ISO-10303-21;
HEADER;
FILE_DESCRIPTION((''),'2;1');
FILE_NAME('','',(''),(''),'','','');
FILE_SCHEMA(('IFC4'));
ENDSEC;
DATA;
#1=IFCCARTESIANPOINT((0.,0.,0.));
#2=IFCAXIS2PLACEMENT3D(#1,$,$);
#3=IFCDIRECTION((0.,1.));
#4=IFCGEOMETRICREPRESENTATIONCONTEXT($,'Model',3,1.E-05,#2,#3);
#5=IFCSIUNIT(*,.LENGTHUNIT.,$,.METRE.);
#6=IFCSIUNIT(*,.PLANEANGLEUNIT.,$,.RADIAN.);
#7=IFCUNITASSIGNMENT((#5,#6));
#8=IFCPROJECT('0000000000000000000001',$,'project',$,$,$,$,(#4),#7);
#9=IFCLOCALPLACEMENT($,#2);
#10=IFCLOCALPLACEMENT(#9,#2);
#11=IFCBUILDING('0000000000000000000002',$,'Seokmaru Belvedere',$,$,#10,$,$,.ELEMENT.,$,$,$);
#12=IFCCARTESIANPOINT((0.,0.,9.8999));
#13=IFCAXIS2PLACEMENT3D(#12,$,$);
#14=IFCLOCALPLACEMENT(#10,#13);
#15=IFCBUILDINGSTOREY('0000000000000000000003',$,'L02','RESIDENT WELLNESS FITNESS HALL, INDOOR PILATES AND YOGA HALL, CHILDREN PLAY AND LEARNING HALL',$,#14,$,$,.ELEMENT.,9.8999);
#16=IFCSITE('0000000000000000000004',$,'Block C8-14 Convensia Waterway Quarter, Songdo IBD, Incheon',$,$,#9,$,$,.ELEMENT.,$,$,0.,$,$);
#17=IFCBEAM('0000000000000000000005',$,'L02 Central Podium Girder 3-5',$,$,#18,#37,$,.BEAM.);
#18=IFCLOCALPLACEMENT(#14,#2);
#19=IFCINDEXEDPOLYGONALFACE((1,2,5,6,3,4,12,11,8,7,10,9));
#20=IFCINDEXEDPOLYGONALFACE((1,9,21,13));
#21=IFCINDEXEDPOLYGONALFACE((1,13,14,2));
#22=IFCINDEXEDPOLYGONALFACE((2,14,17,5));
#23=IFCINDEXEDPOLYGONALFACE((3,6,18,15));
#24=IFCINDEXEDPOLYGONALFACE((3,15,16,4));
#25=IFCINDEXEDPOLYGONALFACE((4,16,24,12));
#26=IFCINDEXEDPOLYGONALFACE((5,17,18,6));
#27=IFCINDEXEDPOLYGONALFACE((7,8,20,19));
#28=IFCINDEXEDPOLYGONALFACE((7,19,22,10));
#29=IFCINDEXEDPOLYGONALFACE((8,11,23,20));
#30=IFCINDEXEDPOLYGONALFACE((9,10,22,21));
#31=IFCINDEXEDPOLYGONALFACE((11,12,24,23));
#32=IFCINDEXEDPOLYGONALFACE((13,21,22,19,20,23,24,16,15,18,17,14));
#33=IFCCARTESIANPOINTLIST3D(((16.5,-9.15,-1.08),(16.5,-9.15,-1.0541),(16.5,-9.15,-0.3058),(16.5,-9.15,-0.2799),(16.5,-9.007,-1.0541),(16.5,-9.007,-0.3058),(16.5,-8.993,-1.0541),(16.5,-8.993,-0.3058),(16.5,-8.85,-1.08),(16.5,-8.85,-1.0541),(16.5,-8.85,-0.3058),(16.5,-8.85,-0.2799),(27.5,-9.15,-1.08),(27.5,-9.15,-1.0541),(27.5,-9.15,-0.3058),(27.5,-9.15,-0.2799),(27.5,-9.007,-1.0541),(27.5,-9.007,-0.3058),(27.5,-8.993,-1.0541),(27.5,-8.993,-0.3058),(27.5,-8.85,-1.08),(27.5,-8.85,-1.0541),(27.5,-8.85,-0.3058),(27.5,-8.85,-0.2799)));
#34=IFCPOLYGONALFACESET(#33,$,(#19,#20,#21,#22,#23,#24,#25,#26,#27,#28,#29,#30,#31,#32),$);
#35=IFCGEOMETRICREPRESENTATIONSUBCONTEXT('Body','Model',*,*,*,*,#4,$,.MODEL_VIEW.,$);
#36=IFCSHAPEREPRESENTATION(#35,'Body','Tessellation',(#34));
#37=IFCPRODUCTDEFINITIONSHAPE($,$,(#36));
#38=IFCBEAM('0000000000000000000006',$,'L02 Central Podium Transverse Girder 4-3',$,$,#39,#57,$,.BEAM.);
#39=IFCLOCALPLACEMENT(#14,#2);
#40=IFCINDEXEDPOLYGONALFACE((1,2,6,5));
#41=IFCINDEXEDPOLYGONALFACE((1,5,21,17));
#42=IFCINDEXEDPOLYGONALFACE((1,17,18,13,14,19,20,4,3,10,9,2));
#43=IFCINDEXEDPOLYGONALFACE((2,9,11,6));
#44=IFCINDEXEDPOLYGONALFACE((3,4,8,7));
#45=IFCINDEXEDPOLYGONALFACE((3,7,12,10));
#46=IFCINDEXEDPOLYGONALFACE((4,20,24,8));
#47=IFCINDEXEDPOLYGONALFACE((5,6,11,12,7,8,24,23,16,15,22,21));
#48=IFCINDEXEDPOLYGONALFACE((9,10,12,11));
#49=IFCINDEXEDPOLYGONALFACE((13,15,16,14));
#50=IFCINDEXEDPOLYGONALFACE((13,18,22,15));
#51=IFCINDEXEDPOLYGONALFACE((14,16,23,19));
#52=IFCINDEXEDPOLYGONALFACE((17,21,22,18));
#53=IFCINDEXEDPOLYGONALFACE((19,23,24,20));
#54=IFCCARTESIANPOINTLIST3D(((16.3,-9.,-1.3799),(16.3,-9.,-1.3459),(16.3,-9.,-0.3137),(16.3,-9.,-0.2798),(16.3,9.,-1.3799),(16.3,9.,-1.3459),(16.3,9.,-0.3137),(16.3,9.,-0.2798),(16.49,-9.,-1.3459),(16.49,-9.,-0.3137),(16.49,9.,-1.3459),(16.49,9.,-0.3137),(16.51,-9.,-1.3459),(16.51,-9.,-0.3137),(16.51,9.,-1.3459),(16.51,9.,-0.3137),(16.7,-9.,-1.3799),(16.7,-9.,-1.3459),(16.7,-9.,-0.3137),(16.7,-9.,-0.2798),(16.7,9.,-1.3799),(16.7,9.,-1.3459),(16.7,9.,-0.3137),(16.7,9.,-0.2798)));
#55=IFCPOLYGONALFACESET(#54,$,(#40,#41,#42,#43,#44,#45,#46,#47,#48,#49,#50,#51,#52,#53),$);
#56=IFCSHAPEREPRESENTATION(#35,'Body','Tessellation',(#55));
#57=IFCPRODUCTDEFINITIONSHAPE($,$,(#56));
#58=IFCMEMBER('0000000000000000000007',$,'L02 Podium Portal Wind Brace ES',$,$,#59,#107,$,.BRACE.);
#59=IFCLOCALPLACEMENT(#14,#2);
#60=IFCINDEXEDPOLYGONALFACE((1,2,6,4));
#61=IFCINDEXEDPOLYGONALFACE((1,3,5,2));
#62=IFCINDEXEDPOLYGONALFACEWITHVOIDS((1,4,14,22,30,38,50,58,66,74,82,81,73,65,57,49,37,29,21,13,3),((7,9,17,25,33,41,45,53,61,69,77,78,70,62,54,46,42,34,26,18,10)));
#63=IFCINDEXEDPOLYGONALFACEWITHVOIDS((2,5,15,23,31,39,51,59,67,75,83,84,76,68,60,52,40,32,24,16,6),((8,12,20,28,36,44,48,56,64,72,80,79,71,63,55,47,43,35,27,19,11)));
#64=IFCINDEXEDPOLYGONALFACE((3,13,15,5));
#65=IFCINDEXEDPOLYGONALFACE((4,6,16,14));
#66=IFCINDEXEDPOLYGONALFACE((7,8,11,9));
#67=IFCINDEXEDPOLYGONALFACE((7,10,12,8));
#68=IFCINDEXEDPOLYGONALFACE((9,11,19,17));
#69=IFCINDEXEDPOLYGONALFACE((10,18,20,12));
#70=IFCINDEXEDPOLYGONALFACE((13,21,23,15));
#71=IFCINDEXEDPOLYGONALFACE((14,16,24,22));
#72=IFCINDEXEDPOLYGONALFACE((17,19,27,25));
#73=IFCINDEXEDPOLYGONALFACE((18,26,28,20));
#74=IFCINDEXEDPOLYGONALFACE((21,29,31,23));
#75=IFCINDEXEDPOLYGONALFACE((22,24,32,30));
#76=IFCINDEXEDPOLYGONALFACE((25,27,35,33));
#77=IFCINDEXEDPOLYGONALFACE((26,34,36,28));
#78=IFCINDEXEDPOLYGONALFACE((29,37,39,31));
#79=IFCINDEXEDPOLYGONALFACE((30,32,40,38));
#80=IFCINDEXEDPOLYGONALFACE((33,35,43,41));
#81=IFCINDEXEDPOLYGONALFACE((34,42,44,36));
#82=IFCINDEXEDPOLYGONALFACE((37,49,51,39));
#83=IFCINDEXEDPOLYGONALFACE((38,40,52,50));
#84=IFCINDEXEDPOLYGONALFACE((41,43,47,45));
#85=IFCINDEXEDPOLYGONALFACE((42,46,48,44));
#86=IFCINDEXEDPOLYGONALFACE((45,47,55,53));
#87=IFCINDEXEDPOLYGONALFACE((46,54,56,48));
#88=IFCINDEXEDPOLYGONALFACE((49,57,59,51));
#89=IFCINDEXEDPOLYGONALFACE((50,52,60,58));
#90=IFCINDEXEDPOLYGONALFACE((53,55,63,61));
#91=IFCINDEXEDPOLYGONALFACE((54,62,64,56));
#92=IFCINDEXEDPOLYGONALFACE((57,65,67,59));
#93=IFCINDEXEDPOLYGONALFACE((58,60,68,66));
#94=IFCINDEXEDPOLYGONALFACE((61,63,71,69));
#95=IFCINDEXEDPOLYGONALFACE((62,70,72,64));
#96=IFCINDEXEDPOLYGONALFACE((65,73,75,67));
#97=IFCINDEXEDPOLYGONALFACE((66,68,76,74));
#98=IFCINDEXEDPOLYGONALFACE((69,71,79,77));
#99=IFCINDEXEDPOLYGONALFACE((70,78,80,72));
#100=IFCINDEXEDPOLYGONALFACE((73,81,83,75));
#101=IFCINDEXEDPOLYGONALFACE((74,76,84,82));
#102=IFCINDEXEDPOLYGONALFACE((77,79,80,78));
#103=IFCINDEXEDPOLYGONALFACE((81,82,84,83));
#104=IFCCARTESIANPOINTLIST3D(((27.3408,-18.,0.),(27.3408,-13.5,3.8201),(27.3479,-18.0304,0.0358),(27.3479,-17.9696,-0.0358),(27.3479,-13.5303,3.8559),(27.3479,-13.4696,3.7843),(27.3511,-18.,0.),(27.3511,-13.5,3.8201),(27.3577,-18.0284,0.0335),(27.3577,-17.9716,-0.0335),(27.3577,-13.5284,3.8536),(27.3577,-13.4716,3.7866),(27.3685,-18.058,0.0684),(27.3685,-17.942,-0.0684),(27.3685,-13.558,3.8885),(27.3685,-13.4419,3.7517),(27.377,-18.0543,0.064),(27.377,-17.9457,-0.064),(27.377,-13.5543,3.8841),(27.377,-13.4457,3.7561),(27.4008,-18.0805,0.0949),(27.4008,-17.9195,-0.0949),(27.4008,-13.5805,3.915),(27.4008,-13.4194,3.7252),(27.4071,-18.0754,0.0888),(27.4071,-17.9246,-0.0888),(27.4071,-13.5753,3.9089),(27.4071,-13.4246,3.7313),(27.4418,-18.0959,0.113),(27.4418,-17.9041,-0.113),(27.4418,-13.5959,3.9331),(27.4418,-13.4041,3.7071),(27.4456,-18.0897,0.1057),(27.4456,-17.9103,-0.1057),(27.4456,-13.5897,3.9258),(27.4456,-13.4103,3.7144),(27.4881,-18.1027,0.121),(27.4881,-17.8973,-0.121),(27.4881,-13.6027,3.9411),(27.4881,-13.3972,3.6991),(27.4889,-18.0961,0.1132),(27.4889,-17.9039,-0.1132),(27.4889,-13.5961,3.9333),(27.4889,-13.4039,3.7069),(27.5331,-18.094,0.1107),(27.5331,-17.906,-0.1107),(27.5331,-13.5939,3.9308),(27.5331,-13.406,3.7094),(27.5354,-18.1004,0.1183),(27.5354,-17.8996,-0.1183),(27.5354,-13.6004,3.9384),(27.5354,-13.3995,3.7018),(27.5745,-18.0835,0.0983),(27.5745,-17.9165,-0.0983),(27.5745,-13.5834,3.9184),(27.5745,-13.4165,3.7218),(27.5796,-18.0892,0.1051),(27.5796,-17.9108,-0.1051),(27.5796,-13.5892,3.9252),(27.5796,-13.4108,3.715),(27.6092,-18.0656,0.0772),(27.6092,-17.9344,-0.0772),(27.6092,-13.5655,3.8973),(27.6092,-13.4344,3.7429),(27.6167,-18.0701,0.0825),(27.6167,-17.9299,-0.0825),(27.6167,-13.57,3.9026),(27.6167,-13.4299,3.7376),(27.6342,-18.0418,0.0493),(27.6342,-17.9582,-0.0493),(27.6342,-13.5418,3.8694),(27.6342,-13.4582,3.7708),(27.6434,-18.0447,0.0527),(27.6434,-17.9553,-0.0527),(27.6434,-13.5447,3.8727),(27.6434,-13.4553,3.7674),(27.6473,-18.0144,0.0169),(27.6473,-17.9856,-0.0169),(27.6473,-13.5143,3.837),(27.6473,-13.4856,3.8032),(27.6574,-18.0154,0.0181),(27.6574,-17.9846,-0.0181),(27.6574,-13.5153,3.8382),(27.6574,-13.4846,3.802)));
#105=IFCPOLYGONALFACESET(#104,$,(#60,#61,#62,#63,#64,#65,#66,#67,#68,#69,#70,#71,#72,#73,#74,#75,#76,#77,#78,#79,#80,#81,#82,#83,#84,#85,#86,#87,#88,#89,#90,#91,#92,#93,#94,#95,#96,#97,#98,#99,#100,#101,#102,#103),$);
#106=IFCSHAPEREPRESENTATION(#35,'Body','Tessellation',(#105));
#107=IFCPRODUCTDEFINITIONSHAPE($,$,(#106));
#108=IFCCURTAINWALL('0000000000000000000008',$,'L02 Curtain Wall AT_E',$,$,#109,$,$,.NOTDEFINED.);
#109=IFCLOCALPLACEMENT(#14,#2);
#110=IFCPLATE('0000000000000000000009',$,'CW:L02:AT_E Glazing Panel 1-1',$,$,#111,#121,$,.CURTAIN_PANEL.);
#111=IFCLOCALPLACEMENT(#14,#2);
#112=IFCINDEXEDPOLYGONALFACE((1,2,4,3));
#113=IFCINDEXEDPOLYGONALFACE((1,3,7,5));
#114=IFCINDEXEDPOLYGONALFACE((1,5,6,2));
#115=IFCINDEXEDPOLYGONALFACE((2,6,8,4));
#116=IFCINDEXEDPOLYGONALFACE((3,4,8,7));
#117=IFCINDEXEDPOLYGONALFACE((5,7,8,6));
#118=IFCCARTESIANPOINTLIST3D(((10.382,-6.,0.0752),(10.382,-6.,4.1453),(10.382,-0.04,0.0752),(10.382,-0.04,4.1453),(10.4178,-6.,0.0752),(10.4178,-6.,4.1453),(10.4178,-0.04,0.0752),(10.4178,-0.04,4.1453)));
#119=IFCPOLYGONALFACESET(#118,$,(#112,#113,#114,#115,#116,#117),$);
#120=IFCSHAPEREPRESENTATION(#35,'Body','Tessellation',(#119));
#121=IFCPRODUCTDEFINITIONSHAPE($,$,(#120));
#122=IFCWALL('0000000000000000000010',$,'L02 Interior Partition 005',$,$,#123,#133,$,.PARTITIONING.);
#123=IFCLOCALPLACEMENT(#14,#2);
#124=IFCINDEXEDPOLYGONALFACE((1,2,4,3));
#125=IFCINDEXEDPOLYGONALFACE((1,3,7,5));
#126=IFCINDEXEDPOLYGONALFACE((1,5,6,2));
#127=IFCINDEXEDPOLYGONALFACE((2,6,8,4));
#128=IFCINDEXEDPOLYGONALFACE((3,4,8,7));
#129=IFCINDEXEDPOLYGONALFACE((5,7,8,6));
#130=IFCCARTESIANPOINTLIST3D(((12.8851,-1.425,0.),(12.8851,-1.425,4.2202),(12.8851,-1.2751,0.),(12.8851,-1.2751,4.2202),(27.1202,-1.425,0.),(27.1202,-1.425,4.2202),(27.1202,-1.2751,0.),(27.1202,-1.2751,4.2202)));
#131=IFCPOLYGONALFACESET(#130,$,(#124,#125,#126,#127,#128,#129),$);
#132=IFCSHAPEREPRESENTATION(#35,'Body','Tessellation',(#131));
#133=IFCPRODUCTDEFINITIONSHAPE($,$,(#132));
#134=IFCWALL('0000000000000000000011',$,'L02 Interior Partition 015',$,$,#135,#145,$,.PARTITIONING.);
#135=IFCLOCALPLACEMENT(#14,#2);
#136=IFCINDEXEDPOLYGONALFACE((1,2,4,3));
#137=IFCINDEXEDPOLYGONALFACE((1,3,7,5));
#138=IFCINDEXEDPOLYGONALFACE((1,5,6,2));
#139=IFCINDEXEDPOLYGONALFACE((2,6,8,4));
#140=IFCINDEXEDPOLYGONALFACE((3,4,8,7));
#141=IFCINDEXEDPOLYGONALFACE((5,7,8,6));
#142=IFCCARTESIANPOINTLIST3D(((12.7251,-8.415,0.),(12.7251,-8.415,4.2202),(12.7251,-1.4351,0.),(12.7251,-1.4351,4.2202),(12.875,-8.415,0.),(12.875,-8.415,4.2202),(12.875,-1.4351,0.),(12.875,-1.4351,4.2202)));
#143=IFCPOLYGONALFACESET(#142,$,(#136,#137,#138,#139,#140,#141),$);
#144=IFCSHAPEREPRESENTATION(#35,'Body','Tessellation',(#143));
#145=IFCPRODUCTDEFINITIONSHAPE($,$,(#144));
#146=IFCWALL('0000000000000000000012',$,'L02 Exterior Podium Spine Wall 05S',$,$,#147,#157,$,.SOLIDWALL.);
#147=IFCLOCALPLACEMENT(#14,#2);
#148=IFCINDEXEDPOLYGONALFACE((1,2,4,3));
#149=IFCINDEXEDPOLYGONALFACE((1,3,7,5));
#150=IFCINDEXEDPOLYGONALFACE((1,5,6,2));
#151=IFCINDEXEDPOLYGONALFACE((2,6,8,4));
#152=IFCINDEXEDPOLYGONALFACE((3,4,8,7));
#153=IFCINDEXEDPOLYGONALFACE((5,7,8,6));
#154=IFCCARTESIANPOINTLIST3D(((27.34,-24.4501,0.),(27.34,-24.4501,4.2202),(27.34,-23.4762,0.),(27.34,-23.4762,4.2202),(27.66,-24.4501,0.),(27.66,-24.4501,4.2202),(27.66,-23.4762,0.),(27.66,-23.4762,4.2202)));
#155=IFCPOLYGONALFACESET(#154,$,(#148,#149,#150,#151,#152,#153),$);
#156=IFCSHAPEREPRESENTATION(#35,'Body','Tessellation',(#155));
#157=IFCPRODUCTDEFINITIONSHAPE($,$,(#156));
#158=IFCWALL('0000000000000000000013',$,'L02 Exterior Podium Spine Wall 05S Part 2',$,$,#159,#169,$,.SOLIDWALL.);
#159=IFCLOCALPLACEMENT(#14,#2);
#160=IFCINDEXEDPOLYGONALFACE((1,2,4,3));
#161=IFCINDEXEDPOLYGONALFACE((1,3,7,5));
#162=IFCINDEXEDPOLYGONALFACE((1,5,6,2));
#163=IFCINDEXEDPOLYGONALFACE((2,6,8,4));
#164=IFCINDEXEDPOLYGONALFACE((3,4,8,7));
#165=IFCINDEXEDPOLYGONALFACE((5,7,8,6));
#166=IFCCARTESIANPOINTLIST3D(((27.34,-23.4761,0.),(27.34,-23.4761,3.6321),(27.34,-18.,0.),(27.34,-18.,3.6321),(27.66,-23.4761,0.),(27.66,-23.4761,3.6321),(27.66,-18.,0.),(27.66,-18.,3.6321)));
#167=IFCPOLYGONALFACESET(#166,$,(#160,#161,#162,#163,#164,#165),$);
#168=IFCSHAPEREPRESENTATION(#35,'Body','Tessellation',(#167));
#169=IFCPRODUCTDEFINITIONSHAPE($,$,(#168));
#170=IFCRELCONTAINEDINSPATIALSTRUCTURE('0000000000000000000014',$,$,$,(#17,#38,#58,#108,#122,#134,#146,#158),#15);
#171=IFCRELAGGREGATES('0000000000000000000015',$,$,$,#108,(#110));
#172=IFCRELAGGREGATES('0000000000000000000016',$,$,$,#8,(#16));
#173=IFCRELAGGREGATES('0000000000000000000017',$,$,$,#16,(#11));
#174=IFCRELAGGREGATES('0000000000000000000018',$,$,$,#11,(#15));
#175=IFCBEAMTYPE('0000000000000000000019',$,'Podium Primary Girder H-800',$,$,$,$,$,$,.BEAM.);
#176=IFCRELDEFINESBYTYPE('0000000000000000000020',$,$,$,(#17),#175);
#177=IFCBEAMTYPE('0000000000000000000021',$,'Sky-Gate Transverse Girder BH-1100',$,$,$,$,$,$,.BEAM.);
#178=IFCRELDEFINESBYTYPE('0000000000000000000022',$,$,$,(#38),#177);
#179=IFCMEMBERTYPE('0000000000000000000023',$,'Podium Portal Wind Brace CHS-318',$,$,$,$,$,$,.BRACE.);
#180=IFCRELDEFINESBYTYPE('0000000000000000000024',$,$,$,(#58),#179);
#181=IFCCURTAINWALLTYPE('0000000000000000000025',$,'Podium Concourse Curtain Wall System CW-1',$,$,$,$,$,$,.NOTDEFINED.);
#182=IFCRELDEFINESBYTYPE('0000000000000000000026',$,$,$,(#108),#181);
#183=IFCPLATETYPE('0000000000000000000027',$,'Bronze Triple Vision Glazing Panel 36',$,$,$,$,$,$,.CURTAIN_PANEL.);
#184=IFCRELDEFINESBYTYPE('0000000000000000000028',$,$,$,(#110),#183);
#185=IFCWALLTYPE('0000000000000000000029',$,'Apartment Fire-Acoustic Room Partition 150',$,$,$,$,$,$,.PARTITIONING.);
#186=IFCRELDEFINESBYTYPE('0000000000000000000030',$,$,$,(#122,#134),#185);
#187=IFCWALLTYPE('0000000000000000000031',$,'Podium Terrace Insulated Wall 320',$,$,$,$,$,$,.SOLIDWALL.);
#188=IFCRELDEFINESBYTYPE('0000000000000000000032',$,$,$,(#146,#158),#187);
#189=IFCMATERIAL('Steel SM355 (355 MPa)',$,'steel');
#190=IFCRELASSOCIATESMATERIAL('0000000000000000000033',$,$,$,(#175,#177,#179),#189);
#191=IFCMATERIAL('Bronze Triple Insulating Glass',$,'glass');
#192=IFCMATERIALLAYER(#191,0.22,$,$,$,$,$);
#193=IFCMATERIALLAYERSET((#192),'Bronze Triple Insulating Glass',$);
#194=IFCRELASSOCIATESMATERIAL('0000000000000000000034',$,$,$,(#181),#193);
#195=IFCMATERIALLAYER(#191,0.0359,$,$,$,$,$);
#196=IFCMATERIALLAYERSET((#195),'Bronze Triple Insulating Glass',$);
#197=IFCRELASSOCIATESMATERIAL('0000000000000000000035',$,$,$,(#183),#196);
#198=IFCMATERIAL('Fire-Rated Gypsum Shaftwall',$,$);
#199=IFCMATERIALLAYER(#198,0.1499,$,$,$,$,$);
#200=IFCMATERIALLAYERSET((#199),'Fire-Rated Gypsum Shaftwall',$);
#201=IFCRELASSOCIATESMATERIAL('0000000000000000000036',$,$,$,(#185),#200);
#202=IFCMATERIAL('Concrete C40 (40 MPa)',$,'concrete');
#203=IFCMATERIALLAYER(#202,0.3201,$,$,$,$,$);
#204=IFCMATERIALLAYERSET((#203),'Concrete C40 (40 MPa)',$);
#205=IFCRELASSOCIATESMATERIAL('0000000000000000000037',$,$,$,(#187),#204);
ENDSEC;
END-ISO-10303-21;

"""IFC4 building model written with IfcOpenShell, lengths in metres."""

from ifc_helpers import new_model, si_unit, direction, frame, frame_2d, origin, origin_2d, place, context, subcontext, project, spatial, rectangle, hollow_circle, i_section, extrude, source, transform, mapped, material, layer, layer_set, material_profile, profile_set, type_object, type_shapes, element, aggregate, save


model = new_model("IFC4")

# Units and contexts
model_context = context("Model", 3, precision=1e-05, world=origin(), true_north=direction((0.0, 1.0)))
body_context = subcontext(model_context, "Body", "Model", "MODEL_VIEW")
ifc_project = project(units=[si_unit("LENGTHUNIT", "METRE"), si_unit("PLANEANGLEUNIT", "RADIAN")], contexts=[model_context])

# Site, building, storey
site_placement = place(None, origin())
site = spatial("IfcSite", under=ifc_project, at=site_placement, Name="Block C8-14 Convensia Waterway Quarter, Songdo IBD, Incheon", CompositionType="ELEMENT", RefElevation=0.0)
building_placement = place(site_placement, origin())
building = spatial("IfcBuilding", under=site, at=building_placement, Name="Seokmaru Belvedere", CompositionType="ELEMENT")
storey_placement = place(building_placement, frame((0.0, 0.0, 9.8999)))
storey = spatial("IfcBuildingStorey", under=building, at=storey_placement, Name="L02", Description="RESIDENT WELLNESS FITNESS HALL, INDOOR PILATES AND YOGA HALL, CHILDREN PLAY AND LEARNING HALL", CompositionType="ELEMENT", Elevation=9.8999)

# Shared definitions
ifc_material_1 = material(Name="Steel SM355 (355 MPa)", Category="steel")

# Beams
ifc_material_profile_1 = material_profile(ifc_material_1, i_section(OverallWidth=0.3, OverallDepth=0.8, WebThickness=0.0139, FlangeThickness=0.0259, at=origin_2d()), Name="H-800x300x14x26")
ifc_profile_set_1 = profile_set([ifc_material_profile_1], Name="Steel SM355 (355 MPa)")
beam_type_1 = type_object("IfcBeamType", Name="Podium Primary Girder H-800", PredefinedType="BEAM", material=ifc_profile_set_1)
shared_shape_1 = source(origin(), body_context, "Body", "SweptSolid", [
    extrude(i_section(OverallWidth=0.3, OverallDepth=0.8, WebThickness=0.0139, FlangeThickness=0.0259, at=origin_2d()), origin(), (0.0, 0.0, 1.0), 11.0),
])
for number, where, z_axis, x_axis, name in (
    (1, (16.5, -9.0, -0.6799), (1.0, 0.0, 0.0), (0.0, 1.0, 0.0), "L02 Central Podium Girder 3-5"),
):
    element("IfcBeam", number, at=place(storey_placement, frame(where, z_axis=z_axis, x_axis=x_axis)), inside=storey, type_object=beam_type_1, Name=name, PredefinedType="BEAM", context=body_context, shape_type="MappedRepresentation", body=[
        mapped(shared_shape_1, transform((0.0, 0.0, 0.0), scale=1.0)),
    ])
ifc_material_profile_2 = material_profile(ifc_material_1, i_section(OverallWidth=0.3999, OverallDepth=1.1001, WebThickness=0.02, FlangeThickness=0.0339, at=origin_2d()), Name="BH-1100x400x20x34")
ifc_profile_set_2 = profile_set([ifc_material_profile_2], Name="Steel SM355 (355 MPa)")
beam_type_2 = type_object("IfcBeamType", Name="Sky-Gate Transverse Girder BH-1100", PredefinedType="BEAM", material=ifc_profile_set_2)
shared_shape_2 = source(origin(), body_context, "Body", "SweptSolid", [
    extrude(i_section(OverallWidth=0.3999, OverallDepth=1.1001, WebThickness=0.02, FlangeThickness=0.0339, at=origin_2d()), origin(), (0.0, 0.0, 1.0), 18.0),
])
type_shapes(beam_type_2, [shared_shape_2])
beam_1_placement = place(storey_placement, frame((16.5, -9.0, -0.8298), z_axis=(0.0, 1.0, 0.0), x_axis=(-1.0, 0.0, 0.0)))
element("IfcBeam", 2, at=beam_1_placement, inside=storey, type_object=beam_type_2, Name="L02 Central Podium Transverse Girder 4-3", PredefinedType="BEAM", context=body_context, shape_type="MappedRepresentation", body=[
    mapped(shared_shape_2, transform((0.0, 0.0, 0.0), scale=1.0)),
])

# Member
ifc_material_profile_3 = material_profile(ifc_material_1, hollow_circle(Radius=0.1592, WallThickness=0.0103, at=origin_2d()), Name="CHS-318.5x10.3")
ifc_profile_set_3 = profile_set([ifc_material_profile_3], Name="Steel SM355 (355 MPa)")
member_type = type_object("IfcMemberType", Name="Podium Portal Wind Brace CHS-318", PredefinedType="BRACE", material=ifc_profile_set_3)
shared_shape_3 = source(origin(), body_context, "Body", "SweptSolid", [
    extrude(hollow_circle(Radius=0.1592, WallThickness=0.0103, at=origin_2d()), origin(), (0.0, 0.0, 1.0), 5.9028),
])
type_shapes(member_type, [shared_shape_3])
member_placement = place(storey_placement, frame((27.5, -18.0, 0.0), z_axis=(0.0, 0.762351, 0.647163), x_axis=(-1.0, 0.0, 0.0)))
element("IfcMember", 3, at=member_placement, inside=storey, type_object=member_type, Name="L02 Podium Portal Wind Brace ES", PredefinedType="BRACE", context=body_context, shape_type="MappedRepresentation", body=[
    mapped(shared_shape_3, transform((0.0, 0.0, 0.0), scale=1.0)),
])

# Curtain wall, plate
ifc_material_2 = material(Name="Bronze Triple Insulating Glass", Category="glass")
ifc_layer_1 = layer(ifc_material_2, 0.22)
ifc_layer_set_1 = layer_set([ifc_layer_1], Name="Bronze Triple Insulating Glass")
curtain_wall_type = type_object("IfcCurtainWallType", Name="Podium Concourse Curtain Wall System CW-1", PredefinedType="NOTDEFINED", material=ifc_layer_set_1)
curtain_wall_placement = place(storey_placement, origin())
curtain_wall = element("IfcCurtainWall", 4, at=curtain_wall_placement, inside=storey, type_object=curtain_wall_type, Name="L02 Curtain Wall AT_E", PredefinedType="NOTDEFINED")
ifc_layer_2 = layer(ifc_material_2, 0.0359)
ifc_layer_set_2 = layer_set([ifc_layer_2], Name="Bronze Triple Insulating Glass")
plate_type = type_object("IfcPlateType", Name="Bronze Triple Vision Glazing Panel 36", PredefinedType="CURTAIN_PANEL", material=ifc_layer_set_2)
shared_shape_4 = source(origin(), body_context, "Body", "SweptSolid", [
    extrude(rectangle(XDim=5.96, YDim=0.0359, at=origin_2d()), origin(), (0.0, 0.0, 1.0), 4.0701),
])
type_shapes(plate_type, [shared_shape_4])
plate_placement = place(storey_placement, frame((10.3999, -3.02, 0.0752), z_axis=(0.0, 0.0, 1.0), x_axis=(0.0, 1.0, 0.0)))
plate = element("IfcPlate", 5, at=plate_placement, type_object=plate_type, Name="CW:L02:AT_E Glazing Panel 1-1", PredefinedType="CURTAIN_PANEL", context=body_context, shape_type="MappedRepresentation", body=[
    mapped(shared_shape_4, transform((0.0, 0.0, 0.0), scale=1.0)),
])
aggregate(curtain_wall, [plate])

# Walls
ifc_material_3 = material(Name="Fire-Rated Gypsum Shaftwall")
ifc_layer_3 = layer(ifc_material_3, 0.1499)
ifc_layer_set_3 = layer_set([ifc_layer_3], Name="Fire-Rated Gypsum Shaftwall")
wall_type_1 = type_object("IfcWallType", Name="Apartment Fire-Acoustic Room Partition 150", PredefinedType="PARTITIONING", material=ifc_layer_set_3)
wall_1_placement = place(storey_placement, frame((12.885, -1.3501, 0.0), z_axis=(0.0, 0.0, 1.0), x_axis=(1.0, 0.0, 0.0)))
element("IfcWall", 6, at=wall_1_placement, inside=storey, type_object=wall_type_1, Name="L02 Interior Partition 005", PredefinedType="PARTITIONING", context=body_context, shape_type="SweptSolid", body=[
    extrude(rectangle(XDim=14.2351, YDim=0.1499, at=frame_2d((7.1177, 0.0))), origin(), (0.0, 0.0, 1.0), 4.2202),
])
wall_2_placement = place(storey_placement, frame((12.8, -8.415, 0.0), z_axis=(0.0, 0.0, 1.0), x_axis=(0.0, 1.0, 0.0)))
element("IfcWall", 7, at=wall_2_placement, inside=storey, type_object=wall_type_1, Name="L02 Interior Partition 015", PredefinedType="PARTITIONING", context=body_context, shape_type="SweptSolid", body=[
    extrude(rectangle(XDim=6.98, YDim=0.1499, at=frame_2d((3.49, 0.0))), origin(), (0.0, 0.0, 1.0), 4.2202),
])
ifc_material_4 = material(Name="Concrete C40 (40 MPa)", Category="concrete")
ifc_layer_4 = layer(ifc_material_4, 0.3201)
ifc_layer_set_4 = layer_set([ifc_layer_4], Name="Concrete C40 (40 MPa)")
wall_type_2 = type_object("IfcWallType", Name="Podium Terrace Insulated Wall 320", PredefinedType="SOLIDWALL", material=ifc_layer_set_4)
wall_3_placement = place(storey_placement, frame((27.5, -24.45, 0.0), z_axis=(0.0, 0.0, 1.0), x_axis=(0.0, 1.0, 0.0)))
element("IfcWall", 8, at=wall_3_placement, inside=storey, type_object=wall_type_2, Name="L02 Exterior Podium Spine Wall 05S", PredefinedType="SOLIDWALL", context=body_context, shape_type="SweptSolid", body=[
    extrude(rectangle(XDim=0.9739, YDim=0.3201, at=frame_2d((0.4868, 0.0))), origin(), (0.0, 0.0, 1.0), 4.2202),
])
wall_4_placement = place(storey_placement, frame((27.5, -23.4761, 0.0), z_axis=(0.0, 0.0, 1.0), x_axis=(0.0, 1.0, 0.0)))
element("IfcWall", 9, at=wall_4_placement, inside=storey, type_object=wall_type_2, Name="L02 Exterior Podium Spine Wall 05S Part 2", PredefinedType="SOLIDWALL", context=body_context, shape_type="SweptSolid", body=[
    extrude(rectangle(XDim=5.4761, YDim=0.3201, at=frame_2d((2.738, 0.0))), origin(), (0.0, 0.0, 1.0), 3.6321),
])

save(model, "model.ifc")
